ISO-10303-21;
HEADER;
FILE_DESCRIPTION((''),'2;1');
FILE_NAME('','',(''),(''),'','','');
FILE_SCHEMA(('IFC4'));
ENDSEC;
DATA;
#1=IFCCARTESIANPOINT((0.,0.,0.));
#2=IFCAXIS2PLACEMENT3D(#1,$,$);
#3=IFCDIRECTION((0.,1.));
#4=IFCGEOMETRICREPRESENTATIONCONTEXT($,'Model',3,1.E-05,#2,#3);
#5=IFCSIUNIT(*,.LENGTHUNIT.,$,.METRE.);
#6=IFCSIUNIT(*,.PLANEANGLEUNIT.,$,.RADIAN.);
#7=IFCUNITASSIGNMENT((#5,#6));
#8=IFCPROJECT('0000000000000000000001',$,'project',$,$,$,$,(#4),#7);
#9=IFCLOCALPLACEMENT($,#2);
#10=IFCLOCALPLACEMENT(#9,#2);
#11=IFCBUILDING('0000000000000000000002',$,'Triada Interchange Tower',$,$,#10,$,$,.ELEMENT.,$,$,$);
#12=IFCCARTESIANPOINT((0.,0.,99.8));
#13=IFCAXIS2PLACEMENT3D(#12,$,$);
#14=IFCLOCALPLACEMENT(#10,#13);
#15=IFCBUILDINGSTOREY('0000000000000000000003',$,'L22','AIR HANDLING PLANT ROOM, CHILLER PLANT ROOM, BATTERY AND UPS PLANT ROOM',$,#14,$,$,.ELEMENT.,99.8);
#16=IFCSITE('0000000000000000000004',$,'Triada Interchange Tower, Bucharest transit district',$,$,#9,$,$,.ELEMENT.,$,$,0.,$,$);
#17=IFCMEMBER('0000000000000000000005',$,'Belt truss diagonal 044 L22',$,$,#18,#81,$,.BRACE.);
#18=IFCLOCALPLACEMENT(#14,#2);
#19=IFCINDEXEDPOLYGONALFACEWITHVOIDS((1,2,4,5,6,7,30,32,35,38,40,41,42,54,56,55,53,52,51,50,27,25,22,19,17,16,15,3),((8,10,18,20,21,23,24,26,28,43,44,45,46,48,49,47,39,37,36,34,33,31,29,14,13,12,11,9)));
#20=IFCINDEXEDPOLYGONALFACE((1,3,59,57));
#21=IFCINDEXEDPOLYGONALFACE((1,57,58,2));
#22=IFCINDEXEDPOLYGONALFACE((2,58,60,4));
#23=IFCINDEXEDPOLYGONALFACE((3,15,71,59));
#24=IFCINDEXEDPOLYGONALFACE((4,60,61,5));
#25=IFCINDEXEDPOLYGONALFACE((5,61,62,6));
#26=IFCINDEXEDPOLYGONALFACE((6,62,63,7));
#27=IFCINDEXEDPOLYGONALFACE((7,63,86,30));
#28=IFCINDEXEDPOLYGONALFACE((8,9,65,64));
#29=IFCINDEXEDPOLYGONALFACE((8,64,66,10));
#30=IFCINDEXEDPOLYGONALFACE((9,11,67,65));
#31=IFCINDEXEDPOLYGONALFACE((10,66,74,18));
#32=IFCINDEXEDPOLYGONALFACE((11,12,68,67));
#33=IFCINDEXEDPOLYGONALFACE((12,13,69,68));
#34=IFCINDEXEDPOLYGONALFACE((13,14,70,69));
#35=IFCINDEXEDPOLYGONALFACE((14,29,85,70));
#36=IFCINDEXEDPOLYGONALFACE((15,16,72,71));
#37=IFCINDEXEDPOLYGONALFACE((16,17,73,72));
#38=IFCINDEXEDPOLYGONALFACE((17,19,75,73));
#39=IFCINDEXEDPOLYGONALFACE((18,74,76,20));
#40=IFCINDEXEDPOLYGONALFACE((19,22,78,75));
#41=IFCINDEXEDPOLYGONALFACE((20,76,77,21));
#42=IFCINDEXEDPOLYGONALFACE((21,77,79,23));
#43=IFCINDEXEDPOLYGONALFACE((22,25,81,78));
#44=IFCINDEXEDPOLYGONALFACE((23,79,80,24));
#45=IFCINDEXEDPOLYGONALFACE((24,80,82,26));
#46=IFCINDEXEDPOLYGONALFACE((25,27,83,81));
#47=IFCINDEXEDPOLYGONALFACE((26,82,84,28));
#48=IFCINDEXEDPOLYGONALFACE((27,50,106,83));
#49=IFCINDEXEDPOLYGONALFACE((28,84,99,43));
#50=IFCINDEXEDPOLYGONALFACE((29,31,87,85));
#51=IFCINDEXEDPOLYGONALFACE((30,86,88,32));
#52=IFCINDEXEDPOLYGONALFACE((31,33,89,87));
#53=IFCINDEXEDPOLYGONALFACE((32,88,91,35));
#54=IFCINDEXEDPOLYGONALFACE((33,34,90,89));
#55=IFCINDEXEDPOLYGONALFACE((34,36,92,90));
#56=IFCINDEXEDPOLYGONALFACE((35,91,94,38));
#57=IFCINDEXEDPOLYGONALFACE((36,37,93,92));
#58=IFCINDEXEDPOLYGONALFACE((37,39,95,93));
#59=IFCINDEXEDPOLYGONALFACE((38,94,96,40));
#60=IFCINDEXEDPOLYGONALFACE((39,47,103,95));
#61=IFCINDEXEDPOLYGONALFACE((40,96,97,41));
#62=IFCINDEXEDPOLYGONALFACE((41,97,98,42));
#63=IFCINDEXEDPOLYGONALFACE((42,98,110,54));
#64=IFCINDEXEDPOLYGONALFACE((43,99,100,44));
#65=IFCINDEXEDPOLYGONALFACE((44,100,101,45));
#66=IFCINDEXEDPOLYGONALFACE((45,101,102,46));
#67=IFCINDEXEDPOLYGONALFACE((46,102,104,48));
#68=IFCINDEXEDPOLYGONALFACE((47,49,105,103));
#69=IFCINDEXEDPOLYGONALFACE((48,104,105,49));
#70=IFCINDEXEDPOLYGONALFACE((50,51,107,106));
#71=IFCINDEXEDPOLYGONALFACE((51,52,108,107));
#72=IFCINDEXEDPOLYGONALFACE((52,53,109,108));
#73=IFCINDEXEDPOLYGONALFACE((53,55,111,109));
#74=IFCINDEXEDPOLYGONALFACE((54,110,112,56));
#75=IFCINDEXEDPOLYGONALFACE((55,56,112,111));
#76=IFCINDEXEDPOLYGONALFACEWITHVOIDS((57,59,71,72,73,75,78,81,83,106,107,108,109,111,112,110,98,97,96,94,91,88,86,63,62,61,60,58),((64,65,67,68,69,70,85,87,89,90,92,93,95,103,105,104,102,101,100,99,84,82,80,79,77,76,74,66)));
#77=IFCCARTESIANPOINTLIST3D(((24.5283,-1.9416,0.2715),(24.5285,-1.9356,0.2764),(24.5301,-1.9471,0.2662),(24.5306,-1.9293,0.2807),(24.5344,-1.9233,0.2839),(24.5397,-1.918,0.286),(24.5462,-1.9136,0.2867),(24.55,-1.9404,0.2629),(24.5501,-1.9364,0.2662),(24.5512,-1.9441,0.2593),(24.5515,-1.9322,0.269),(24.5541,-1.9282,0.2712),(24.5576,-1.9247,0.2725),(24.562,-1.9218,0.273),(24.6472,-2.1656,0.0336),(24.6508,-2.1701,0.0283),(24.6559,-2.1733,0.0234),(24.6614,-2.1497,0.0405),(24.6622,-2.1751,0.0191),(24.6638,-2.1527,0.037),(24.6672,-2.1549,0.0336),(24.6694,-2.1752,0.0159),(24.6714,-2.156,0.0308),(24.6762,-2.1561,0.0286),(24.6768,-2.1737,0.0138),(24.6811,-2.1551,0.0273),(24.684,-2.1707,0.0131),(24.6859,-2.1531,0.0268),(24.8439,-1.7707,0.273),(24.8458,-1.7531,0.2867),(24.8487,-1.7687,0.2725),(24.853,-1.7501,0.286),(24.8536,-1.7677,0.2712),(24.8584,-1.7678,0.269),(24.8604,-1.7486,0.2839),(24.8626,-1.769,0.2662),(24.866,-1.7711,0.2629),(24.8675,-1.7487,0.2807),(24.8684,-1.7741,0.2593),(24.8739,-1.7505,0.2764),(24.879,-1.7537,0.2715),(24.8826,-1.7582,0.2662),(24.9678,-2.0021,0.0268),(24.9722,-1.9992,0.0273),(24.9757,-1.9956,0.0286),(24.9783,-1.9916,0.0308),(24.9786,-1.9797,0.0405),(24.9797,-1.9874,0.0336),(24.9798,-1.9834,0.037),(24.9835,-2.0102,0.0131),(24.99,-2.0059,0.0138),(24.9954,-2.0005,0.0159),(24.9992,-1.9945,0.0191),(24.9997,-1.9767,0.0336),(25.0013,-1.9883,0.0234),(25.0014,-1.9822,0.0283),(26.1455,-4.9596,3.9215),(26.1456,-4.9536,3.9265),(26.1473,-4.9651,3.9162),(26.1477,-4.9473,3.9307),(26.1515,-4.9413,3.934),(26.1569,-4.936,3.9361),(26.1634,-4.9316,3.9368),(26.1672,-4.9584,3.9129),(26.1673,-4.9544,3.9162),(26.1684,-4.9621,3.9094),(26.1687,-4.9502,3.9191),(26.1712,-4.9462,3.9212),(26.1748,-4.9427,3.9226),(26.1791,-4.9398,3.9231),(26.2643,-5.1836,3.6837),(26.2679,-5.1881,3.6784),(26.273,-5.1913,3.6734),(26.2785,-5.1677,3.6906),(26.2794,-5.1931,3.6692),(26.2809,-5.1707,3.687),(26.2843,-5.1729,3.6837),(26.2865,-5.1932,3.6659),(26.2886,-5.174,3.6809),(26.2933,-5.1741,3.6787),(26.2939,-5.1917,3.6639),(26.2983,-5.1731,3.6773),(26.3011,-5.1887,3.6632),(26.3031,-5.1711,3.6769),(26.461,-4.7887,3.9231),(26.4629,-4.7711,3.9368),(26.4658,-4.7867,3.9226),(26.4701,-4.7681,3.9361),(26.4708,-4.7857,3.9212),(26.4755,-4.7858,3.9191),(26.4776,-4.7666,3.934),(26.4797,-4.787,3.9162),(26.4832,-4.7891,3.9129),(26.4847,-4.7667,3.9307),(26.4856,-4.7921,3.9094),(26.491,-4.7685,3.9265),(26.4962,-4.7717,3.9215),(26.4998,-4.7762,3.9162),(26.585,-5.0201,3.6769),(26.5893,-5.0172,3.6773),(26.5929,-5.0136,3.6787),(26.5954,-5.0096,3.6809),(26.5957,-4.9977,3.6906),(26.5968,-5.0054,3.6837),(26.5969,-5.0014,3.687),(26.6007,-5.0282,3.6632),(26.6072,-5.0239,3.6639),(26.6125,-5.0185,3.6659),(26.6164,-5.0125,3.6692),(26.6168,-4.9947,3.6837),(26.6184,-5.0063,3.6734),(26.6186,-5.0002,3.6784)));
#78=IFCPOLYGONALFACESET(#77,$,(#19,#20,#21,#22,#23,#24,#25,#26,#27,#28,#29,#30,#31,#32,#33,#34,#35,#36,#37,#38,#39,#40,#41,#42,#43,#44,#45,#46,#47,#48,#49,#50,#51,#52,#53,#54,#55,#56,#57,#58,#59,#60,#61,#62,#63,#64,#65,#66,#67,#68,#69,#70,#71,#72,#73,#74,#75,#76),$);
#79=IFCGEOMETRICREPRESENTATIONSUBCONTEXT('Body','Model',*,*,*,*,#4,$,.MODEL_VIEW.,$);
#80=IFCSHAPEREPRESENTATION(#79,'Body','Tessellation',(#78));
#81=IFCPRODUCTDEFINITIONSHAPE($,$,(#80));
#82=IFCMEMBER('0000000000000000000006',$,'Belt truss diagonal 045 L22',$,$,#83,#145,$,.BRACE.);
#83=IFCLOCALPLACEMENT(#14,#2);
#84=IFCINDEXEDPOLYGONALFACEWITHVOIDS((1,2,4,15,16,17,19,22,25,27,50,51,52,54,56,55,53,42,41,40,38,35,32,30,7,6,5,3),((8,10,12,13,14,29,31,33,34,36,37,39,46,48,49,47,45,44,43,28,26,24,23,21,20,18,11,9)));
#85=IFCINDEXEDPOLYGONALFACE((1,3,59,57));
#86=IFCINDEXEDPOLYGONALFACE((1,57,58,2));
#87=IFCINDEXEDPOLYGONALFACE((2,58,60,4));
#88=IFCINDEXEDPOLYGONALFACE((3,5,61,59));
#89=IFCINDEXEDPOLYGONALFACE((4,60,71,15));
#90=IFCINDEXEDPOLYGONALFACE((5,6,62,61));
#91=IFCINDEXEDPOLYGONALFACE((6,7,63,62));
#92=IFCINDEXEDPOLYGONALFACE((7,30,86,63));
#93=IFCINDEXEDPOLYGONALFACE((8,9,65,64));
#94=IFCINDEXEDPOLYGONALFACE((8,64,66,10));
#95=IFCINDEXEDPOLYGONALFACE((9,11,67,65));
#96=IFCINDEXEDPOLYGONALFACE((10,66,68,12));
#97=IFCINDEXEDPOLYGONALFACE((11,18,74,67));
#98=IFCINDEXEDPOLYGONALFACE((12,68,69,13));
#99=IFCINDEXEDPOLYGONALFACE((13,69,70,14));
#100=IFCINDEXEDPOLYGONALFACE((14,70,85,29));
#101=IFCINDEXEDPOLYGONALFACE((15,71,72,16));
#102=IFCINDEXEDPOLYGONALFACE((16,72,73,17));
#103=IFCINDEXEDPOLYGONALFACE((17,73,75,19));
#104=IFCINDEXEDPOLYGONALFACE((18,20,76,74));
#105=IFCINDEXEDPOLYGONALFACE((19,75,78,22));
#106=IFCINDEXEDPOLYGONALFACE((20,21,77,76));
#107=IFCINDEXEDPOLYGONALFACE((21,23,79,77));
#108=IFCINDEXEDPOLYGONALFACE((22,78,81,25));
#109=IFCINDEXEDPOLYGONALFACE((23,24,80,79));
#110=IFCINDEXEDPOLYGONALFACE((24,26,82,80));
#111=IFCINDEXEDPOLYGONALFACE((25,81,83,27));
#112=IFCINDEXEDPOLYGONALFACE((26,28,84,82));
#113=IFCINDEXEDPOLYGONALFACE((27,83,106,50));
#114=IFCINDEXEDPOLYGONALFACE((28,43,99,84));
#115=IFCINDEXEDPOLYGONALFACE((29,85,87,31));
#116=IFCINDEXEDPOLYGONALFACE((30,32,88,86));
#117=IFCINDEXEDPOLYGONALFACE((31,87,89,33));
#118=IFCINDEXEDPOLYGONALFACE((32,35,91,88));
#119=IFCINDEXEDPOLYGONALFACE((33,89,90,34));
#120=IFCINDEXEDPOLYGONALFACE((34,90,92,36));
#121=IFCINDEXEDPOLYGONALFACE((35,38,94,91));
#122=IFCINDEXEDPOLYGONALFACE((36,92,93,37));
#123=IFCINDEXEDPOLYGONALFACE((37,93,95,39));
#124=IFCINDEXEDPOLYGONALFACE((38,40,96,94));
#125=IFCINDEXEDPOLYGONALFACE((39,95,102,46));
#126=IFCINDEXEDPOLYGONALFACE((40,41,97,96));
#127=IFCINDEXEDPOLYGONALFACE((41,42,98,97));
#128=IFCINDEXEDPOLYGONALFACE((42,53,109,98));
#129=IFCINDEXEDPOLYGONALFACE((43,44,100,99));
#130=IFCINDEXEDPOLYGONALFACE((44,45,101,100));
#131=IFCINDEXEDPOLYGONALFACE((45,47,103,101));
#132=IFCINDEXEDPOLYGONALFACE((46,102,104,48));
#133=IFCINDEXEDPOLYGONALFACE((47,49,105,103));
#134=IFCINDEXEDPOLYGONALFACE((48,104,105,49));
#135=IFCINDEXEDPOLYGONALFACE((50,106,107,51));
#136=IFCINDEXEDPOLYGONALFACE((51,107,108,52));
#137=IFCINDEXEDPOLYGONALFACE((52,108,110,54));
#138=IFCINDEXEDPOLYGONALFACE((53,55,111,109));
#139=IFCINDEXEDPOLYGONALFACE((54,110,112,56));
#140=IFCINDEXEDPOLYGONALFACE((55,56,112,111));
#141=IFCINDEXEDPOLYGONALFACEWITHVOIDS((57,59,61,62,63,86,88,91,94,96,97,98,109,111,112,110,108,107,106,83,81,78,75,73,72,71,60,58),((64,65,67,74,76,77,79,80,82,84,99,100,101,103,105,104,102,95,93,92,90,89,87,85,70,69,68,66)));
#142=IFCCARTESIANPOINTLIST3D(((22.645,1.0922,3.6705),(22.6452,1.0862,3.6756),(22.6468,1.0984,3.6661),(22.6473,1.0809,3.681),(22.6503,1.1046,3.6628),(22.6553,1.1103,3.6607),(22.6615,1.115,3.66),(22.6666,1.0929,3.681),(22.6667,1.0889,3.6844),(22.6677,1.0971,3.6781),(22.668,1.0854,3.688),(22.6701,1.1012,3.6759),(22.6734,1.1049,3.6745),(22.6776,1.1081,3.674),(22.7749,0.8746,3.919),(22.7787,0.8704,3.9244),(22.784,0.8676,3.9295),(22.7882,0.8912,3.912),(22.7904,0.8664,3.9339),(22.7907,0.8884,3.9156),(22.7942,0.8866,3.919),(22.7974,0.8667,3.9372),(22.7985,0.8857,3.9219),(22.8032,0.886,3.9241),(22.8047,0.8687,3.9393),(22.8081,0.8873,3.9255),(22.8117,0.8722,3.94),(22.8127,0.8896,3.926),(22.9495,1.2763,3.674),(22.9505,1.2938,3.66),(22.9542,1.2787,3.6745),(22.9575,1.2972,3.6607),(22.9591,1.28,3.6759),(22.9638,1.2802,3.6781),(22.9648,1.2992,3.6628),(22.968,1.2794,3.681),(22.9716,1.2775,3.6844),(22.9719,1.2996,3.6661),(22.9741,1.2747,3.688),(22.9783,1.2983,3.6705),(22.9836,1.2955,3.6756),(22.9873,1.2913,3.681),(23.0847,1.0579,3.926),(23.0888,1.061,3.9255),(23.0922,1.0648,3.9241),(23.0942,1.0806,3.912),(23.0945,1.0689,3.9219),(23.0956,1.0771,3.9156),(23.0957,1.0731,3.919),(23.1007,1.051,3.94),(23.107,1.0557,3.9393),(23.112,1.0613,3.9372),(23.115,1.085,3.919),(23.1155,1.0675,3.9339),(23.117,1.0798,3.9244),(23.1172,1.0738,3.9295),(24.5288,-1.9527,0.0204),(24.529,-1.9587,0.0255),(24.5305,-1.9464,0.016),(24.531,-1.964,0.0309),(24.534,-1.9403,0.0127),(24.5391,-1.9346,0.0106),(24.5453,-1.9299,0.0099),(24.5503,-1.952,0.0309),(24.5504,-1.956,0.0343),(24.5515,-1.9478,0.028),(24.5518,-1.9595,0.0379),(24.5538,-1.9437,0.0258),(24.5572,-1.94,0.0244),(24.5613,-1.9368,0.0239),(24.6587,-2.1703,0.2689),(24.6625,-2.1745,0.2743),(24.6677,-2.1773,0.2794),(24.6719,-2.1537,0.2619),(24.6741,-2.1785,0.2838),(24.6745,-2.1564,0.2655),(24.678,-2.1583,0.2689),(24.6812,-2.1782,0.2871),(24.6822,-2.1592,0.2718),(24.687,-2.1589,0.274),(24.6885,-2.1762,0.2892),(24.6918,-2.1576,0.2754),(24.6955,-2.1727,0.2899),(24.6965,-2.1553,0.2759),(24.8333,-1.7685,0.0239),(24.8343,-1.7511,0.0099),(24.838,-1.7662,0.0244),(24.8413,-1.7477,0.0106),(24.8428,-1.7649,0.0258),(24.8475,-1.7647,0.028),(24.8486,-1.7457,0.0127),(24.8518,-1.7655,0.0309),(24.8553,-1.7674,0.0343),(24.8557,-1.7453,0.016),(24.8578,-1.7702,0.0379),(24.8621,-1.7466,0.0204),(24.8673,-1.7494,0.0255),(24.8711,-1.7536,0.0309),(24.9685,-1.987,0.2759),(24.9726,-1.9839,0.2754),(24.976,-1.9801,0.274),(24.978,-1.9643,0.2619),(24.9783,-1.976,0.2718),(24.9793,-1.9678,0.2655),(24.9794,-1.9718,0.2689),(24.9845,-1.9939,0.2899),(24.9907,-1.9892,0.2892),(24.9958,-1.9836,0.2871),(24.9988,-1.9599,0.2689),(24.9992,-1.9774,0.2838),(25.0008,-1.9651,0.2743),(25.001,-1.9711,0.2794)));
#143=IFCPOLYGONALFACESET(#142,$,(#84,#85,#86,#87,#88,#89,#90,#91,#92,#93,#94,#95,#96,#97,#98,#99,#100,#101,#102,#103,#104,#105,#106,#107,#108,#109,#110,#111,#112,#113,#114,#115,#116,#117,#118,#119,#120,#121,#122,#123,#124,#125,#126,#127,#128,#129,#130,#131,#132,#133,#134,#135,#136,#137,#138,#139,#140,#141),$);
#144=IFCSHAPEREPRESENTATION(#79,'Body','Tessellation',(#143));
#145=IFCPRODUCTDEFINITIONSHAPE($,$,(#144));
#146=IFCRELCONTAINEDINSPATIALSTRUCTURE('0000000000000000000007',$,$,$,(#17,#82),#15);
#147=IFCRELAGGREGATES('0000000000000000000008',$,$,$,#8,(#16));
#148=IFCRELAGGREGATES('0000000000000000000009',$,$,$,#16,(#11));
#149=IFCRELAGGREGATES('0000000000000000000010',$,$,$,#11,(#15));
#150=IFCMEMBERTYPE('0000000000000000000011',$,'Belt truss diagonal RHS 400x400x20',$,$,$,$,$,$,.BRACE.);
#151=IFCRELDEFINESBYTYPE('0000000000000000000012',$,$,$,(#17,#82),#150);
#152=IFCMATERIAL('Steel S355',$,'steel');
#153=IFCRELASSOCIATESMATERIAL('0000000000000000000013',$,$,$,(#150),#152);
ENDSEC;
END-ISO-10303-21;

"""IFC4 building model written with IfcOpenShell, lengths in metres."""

from ifc_helpers import new_model, si_unit, direction, frame, origin, origin_2d, place, context, subcontext, project, spatial, hollow_rectangle, extrude, material, material_profile, profile_set, type_object, element, save


model = new_model("IFC4")

# Units and contexts
model_context = context("Model", 3, precision=1e-05, world=origin(), true_north=direction((0.0, 1.0)))
body_context = subcontext(model_context, "Body", "Model", "MODEL_VIEW")
ifc_project = project(units=[si_unit("LENGTHUNIT", "METRE"), si_unit("PLANEANGLEUNIT", "RADIAN")], contexts=[model_context])

# Site, building, storey
site_placement = place(None, origin())
site = spatial("IfcSite", under=ifc_project, at=site_placement, Name="Triada Interchange Tower, Bucharest transit district", CompositionType="ELEMENT", RefElevation=0.0)
building_placement = place(site_placement, origin())
building = spatial("IfcBuilding", under=site, at=building_placement, Name="Triada Interchange Tower", CompositionType="ELEMENT")
storey_placement = place(building_placement, frame((0.0, 0.0, 99.8)))
storey = spatial("IfcBuildingStorey", under=building, at=storey_placement, Name="L22", Description="AIR HANDLING PLANT ROOM, CHILLER PLANT ROOM, BATTERY AND UPS PLANT ROOM", CompositionType="ELEMENT", Elevation=99.8)

# Members
ifc_material_1 = material(Name="Steel S355", Category="steel")
ifc_material_profile_1 = material_profile(ifc_material_1, hollow_rectangle(XDim=0.3999, YDim=0.3999, WallThickness=0.02, InnerFilletRadius=0.02, OuterFilletRadius=0.03, at=origin_2d()), Name="RHS 400x400x20")
ifc_profile_set_1 = profile_set([ifc_material_profile_1], Name="Steel S355")
member_type_1 = type_object("IfcMemberType", Name="Belt truss diagonal RHS 400x400x20", PredefinedType="BRACE", material=ifc_profile_set_1)
member_1_placement = place(storey_placement, frame((24.7649, -1.9619, 0.1499), z_axis=(0.32313, -0.60304, 0.729335), x_axis=(0.881435, 0.472305, 0.0)))
element("IfcMember", 1, at=member_1_placement, inside=storey, type_object=member_type_1, Name="Belt truss diagonal 044 L22", PredefinedType="BRACE", context=body_context, shape_type="SweptSolid", body=[
    extrude(hollow_rectangle(XDim=0.3999, YDim=0.3999, WallThickness=0.02, InnerFilletRadius=0.02, OuterFilletRadius=0.03, at=origin_2d()), origin(), (0.0, 0.0, 1.0), 5.0046),
])
member_2_placement = place(storey_placement, frame((24.7649, -1.9619, 0.1499), z_axis=(-0.368424, 0.595514, 0.713881), x_axis=(-0.85041, -0.52612, 0.0)))
element("IfcMember", 2, at=member_2_placement, inside=storey, type_object=member_type_1, Name="Belt truss diagonal 045 L22", PredefinedType="BRACE", context=body_context, shape_type="SweptSolid", body=[
    extrude(hollow_rectangle(XDim=0.3999, YDim=0.3999, WallThickness=0.02, InnerFilletRadius=0.02, OuterFilletRadius=0.03, at=origin_2d()), origin(), (0.0, 0.0, 1.0), 5.113),
])

save(model, "model.ifc")
